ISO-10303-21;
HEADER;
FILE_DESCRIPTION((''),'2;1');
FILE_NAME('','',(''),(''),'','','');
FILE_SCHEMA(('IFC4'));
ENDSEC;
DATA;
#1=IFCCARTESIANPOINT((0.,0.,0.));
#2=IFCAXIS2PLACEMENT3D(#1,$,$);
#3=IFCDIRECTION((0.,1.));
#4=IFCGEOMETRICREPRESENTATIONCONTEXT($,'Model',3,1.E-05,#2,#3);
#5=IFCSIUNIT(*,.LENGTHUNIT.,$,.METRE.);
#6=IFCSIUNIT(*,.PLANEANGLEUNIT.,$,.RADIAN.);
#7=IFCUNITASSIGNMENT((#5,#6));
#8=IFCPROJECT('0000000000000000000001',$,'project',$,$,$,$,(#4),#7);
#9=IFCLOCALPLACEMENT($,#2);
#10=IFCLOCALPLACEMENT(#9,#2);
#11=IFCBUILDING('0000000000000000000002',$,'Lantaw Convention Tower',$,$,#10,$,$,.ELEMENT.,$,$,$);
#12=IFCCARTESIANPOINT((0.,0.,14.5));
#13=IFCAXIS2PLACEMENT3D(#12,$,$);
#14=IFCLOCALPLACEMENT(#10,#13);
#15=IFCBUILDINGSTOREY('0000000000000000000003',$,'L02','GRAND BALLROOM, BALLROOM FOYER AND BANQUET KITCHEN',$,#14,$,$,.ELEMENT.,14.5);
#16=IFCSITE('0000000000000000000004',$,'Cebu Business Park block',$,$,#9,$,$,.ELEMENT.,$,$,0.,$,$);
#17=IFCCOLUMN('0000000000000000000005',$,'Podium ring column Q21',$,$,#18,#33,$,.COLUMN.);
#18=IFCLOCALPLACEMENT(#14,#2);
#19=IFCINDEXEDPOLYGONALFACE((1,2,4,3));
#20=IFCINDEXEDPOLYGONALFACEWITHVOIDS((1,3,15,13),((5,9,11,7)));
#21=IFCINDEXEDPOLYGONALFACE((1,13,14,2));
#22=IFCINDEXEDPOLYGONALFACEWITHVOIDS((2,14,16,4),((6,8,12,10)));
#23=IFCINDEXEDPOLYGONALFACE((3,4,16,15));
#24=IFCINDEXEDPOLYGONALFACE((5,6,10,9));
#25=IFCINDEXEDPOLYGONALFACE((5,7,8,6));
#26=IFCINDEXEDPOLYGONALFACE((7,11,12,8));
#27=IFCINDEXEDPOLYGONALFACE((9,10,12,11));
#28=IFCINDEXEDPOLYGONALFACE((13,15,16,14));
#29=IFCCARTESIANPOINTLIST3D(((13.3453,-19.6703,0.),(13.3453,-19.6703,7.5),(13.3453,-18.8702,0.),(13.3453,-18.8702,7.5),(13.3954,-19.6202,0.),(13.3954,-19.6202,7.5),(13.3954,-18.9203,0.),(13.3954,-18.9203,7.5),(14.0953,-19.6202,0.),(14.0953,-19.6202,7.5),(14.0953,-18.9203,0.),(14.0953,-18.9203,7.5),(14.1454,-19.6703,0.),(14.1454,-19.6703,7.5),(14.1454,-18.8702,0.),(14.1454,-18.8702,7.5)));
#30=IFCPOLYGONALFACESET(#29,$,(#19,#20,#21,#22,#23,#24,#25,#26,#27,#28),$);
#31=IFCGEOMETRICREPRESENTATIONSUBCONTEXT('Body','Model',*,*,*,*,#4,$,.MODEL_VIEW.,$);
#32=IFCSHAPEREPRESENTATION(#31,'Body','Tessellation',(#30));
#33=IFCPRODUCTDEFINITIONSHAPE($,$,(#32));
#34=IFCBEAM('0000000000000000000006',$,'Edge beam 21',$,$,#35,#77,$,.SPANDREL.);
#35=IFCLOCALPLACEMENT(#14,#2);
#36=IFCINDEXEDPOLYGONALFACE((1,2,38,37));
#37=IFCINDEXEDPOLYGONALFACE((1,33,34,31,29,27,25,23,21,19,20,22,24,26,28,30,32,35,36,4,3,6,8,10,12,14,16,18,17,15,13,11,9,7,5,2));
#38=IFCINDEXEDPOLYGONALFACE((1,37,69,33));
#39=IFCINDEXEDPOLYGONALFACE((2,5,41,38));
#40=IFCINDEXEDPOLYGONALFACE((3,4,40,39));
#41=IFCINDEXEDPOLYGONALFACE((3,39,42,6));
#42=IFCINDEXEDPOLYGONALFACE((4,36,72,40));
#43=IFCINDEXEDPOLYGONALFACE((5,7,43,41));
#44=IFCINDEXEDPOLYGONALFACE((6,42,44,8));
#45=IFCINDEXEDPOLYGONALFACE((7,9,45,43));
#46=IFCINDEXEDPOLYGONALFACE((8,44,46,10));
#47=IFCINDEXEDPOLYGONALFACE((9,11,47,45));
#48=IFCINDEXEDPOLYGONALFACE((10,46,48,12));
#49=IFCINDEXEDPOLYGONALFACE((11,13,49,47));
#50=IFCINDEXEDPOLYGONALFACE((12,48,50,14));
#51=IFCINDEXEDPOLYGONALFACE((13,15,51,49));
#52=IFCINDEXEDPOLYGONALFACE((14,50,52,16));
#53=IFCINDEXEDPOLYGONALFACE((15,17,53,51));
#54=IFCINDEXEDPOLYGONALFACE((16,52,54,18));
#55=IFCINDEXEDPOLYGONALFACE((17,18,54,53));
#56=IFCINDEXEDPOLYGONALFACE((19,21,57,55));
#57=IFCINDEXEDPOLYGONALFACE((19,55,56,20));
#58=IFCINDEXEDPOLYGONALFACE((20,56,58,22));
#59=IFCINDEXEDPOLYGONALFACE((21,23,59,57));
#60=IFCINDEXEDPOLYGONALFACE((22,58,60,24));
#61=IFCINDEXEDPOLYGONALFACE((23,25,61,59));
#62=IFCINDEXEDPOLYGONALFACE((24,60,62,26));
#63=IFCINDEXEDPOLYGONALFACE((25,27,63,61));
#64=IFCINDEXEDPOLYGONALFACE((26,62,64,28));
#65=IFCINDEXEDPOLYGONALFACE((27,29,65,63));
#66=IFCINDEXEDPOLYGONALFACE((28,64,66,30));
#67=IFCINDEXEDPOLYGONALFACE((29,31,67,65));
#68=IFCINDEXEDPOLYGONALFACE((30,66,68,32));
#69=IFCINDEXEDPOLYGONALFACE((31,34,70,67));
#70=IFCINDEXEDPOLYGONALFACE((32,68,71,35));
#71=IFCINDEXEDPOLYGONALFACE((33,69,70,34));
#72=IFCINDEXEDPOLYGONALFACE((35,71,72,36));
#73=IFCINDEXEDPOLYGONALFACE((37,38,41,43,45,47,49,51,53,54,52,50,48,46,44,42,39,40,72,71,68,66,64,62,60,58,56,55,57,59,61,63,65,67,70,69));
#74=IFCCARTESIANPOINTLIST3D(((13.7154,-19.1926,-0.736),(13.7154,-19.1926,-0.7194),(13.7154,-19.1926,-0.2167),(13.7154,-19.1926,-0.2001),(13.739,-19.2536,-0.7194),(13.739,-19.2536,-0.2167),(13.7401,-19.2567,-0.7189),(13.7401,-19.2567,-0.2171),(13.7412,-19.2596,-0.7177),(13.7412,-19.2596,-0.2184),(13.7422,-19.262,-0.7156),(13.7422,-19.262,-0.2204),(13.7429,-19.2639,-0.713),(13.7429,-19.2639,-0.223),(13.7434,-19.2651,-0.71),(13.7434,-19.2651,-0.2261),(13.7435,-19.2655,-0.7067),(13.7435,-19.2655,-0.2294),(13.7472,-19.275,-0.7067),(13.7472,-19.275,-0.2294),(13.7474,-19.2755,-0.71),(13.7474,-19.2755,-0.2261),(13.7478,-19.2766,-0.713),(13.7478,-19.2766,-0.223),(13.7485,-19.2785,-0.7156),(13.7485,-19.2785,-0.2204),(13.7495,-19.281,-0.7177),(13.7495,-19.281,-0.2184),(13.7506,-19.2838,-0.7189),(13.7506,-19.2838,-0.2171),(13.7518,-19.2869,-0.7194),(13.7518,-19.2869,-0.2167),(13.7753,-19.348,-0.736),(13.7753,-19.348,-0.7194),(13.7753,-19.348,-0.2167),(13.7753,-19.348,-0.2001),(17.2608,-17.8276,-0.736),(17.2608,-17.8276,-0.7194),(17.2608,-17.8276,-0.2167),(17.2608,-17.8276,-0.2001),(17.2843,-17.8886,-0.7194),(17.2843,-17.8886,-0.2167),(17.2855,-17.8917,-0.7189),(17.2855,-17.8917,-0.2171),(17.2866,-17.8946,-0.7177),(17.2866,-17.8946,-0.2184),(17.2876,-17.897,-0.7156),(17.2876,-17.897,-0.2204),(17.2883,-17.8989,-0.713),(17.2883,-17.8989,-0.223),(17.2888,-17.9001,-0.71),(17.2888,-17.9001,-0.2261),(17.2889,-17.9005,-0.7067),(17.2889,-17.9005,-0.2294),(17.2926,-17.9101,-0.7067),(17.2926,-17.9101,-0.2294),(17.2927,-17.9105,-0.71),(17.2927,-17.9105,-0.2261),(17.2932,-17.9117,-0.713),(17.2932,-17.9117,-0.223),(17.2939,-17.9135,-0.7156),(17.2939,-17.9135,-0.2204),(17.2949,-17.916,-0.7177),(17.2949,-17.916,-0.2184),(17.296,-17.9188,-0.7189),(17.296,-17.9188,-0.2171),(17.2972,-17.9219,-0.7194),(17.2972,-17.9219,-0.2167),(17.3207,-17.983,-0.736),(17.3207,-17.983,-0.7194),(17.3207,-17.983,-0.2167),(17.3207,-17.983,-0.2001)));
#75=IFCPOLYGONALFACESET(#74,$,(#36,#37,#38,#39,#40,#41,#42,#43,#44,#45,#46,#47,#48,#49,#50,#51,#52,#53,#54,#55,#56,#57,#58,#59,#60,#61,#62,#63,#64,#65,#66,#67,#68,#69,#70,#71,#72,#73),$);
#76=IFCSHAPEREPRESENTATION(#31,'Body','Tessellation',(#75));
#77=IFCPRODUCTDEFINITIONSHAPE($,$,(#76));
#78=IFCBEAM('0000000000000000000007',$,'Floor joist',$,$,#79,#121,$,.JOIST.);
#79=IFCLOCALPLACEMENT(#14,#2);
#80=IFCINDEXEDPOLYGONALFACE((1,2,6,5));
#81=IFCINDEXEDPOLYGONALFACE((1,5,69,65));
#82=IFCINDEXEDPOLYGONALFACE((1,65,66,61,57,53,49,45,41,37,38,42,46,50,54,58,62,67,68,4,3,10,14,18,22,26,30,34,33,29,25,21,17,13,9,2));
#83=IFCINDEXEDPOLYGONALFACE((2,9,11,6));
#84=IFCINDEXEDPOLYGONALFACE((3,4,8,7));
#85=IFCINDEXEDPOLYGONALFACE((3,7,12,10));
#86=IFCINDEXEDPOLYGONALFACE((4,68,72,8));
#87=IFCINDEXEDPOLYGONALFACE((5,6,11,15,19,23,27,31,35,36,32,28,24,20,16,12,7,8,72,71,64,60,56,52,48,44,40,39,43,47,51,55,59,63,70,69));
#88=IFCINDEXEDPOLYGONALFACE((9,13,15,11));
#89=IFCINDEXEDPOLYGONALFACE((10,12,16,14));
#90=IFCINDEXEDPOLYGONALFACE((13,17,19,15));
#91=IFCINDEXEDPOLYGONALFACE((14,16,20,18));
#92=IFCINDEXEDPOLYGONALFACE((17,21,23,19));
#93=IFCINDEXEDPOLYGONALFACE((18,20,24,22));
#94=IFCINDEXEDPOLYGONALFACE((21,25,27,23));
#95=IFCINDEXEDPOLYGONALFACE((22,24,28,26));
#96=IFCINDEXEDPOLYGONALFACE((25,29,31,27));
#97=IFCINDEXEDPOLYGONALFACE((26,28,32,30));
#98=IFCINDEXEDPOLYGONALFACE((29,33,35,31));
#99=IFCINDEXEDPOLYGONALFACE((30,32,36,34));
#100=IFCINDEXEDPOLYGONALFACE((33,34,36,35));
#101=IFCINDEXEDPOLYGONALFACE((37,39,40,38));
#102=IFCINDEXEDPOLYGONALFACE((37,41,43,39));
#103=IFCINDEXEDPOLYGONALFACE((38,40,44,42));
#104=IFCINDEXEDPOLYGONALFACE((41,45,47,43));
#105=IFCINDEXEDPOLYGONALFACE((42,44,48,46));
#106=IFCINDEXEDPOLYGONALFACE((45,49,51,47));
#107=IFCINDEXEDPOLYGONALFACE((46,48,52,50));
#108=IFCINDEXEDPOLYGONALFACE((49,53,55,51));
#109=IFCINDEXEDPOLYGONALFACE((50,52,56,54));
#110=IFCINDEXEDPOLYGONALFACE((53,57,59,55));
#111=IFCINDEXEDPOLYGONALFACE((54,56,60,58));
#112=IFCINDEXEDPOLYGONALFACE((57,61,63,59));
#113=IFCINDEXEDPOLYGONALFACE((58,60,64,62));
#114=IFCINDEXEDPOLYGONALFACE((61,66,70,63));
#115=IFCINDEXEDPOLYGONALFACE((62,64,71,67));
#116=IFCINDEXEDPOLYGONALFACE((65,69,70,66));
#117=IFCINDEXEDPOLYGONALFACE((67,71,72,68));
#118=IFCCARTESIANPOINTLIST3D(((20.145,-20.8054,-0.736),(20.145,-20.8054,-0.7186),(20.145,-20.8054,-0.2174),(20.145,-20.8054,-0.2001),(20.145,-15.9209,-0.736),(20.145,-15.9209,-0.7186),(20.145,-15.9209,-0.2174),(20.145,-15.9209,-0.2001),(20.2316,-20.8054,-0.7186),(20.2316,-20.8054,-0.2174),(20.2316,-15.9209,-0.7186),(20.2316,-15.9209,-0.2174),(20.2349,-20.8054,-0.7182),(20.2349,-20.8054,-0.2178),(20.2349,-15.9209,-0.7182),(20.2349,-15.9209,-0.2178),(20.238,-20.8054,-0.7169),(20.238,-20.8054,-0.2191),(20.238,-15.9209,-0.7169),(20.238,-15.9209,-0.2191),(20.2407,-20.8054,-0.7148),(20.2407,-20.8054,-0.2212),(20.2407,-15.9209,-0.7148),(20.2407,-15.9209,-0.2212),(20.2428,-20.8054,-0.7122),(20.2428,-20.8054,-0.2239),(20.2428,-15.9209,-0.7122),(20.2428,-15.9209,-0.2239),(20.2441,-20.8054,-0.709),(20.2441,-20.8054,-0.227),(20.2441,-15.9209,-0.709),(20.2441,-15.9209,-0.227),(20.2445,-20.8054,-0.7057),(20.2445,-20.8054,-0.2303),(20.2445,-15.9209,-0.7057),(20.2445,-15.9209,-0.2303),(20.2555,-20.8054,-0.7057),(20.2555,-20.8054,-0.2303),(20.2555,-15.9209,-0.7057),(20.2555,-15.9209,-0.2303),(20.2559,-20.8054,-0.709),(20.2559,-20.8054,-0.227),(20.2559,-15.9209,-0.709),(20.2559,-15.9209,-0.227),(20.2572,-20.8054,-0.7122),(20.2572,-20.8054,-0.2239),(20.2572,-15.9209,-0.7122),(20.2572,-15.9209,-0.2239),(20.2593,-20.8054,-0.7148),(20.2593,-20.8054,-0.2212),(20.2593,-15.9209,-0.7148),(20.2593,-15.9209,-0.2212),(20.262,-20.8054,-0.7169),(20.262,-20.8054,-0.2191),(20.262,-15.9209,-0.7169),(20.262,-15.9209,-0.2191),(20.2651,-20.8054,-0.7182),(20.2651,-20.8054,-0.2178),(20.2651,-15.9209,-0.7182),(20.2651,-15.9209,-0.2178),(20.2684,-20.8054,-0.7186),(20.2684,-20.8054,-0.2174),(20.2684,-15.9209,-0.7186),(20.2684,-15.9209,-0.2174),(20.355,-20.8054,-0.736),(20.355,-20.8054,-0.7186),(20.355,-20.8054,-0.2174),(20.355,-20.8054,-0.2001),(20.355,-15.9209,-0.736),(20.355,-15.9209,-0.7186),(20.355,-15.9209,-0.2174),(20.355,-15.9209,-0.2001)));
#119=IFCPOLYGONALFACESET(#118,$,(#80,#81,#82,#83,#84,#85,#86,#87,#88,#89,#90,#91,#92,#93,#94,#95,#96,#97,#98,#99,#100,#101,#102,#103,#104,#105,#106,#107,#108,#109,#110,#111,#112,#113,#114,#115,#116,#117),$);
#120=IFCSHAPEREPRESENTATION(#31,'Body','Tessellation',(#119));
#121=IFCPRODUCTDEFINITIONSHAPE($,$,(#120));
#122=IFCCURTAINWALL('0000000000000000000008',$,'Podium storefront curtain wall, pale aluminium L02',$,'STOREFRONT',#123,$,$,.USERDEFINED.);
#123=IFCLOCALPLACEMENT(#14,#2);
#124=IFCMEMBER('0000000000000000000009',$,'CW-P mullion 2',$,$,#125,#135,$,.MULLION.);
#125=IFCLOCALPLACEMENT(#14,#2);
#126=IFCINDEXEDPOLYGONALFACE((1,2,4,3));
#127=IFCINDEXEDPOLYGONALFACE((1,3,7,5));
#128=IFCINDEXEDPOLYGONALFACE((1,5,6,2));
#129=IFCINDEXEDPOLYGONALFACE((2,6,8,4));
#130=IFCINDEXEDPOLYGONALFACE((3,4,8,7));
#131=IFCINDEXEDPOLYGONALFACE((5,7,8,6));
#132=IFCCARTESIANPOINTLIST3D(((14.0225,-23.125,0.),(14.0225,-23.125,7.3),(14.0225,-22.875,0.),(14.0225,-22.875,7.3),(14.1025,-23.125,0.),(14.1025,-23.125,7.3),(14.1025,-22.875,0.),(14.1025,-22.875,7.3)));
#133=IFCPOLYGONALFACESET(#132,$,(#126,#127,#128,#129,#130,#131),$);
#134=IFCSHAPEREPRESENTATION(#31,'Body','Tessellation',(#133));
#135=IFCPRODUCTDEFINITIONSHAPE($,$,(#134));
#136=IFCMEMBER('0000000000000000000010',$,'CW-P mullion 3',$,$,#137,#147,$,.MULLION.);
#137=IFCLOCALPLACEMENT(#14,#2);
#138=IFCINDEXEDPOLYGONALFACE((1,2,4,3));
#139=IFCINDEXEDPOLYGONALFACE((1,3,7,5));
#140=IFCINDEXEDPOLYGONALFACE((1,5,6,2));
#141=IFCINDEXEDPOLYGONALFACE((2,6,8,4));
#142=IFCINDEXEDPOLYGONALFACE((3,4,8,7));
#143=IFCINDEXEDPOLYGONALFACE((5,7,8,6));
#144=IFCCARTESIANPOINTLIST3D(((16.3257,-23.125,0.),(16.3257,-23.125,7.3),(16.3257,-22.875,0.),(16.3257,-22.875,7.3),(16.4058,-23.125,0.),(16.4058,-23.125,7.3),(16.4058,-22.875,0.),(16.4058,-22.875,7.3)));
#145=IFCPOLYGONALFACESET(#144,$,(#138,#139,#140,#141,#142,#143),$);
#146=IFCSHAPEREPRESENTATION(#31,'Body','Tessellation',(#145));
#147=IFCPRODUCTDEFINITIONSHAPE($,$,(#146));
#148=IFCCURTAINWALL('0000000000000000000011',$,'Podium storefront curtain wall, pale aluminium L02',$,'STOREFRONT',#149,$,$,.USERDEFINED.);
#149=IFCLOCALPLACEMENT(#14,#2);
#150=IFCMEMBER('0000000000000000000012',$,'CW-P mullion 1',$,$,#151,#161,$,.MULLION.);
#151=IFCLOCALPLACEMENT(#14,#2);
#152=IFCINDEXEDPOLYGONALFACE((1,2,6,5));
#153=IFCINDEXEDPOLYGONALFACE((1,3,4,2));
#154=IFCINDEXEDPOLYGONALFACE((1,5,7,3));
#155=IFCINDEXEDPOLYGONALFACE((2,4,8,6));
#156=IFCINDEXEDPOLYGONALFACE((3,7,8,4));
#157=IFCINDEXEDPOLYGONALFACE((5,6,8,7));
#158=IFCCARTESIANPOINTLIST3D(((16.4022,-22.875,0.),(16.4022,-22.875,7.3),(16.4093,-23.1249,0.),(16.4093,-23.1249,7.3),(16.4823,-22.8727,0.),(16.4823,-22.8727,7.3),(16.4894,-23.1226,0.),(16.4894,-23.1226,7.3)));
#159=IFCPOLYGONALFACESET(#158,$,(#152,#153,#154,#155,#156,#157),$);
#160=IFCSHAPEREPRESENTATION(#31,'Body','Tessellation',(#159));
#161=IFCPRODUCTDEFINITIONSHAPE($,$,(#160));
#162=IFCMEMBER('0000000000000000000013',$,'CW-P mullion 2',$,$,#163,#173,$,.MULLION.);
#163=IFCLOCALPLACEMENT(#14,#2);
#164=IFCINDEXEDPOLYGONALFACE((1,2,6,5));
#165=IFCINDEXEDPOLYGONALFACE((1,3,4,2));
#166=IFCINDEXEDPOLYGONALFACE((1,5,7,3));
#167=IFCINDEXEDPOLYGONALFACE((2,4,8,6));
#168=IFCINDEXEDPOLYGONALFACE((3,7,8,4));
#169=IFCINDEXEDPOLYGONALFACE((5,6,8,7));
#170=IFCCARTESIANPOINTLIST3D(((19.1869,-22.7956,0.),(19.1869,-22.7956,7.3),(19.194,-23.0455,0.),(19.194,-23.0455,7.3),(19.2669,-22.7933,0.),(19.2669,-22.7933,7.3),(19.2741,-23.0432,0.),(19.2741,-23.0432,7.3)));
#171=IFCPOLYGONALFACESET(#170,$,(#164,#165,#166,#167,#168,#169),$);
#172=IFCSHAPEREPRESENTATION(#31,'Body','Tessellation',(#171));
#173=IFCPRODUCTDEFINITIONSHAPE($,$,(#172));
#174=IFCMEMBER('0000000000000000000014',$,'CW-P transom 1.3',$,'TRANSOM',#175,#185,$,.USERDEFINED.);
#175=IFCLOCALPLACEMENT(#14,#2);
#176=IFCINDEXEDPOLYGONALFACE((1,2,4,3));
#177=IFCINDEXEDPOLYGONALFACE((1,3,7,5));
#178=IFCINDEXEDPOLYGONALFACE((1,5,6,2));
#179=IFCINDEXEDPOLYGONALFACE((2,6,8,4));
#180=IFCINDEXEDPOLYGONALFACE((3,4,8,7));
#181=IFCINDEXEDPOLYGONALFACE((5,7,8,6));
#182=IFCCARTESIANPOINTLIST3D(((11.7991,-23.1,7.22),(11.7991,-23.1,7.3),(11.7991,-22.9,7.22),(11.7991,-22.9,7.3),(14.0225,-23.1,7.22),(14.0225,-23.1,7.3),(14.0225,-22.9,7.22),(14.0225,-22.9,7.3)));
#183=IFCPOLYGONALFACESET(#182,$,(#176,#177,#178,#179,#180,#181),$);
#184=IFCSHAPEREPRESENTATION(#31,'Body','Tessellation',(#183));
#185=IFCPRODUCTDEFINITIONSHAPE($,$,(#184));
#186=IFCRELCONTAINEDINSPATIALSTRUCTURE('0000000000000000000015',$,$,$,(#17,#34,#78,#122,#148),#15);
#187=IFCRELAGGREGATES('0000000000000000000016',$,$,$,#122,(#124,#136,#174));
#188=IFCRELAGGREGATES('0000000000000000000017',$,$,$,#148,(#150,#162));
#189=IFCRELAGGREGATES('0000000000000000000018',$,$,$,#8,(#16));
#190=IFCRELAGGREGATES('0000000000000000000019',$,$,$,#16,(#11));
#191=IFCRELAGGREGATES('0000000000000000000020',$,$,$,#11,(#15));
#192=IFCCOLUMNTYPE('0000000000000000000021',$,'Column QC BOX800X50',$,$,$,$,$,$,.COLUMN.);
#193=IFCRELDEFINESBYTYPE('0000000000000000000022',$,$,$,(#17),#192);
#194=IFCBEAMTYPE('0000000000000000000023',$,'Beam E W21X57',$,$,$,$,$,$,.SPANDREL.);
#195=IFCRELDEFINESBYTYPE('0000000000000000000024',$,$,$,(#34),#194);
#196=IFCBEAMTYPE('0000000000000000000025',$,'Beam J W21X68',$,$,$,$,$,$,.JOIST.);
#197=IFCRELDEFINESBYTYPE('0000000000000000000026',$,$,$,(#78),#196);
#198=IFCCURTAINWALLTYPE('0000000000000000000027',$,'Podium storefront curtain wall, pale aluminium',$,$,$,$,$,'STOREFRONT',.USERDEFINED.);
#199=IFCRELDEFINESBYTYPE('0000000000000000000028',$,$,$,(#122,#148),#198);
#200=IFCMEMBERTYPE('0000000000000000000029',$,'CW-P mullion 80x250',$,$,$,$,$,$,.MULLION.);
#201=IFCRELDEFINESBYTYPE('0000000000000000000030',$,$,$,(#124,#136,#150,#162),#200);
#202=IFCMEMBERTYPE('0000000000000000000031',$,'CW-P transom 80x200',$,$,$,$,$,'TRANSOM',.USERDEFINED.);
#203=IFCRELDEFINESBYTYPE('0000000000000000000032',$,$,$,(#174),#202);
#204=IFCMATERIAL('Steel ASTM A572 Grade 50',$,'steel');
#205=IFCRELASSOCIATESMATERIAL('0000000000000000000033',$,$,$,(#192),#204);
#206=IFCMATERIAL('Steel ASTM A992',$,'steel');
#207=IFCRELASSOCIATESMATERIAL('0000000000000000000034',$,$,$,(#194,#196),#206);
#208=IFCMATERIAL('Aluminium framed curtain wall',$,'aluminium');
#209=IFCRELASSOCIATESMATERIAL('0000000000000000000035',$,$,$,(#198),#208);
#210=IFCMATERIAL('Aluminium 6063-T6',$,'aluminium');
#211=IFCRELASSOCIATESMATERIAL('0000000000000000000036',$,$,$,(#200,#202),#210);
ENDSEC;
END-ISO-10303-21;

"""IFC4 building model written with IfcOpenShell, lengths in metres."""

from ifc_helpers import new_model, si_unit, direction, frame, origin, origin_2d, place, context, subcontext, project, spatial, rectangle, hollow_rectangle, i_section, extrude, material, material_profile, profile_set, type_object, element, aggregate, save


model = new_model("IFC4")

# Units and contexts
model_context = context("Model", 3, precision=1e-05, world=origin(), true_north=direction((0.0, 1.0)))
body_context = subcontext(model_context, "Body", "Model", "MODEL_VIEW")
ifc_project = project(units=[si_unit("LENGTHUNIT", "METRE"), si_unit("PLANEANGLEUNIT", "RADIAN")], contexts=[model_context])

# Site, building, storey
site_placement = place(None, origin())
site = spatial("IfcSite", under=ifc_project, at=site_placement, Name="Cebu Business Park block", CompositionType="ELEMENT", RefElevation=0.0)
building_placement = place(site_placement, origin())
building = spatial("IfcBuilding", under=site, at=building_placement, Name="Lantaw Convention Tower", CompositionType="ELEMENT")
storey_placement = place(building_placement, frame((0.0, 0.0, 14.5)))
storey = spatial("IfcBuildingStorey", under=building, at=storey_placement, Name="L02", Description="GRAND BALLROOM, BALLROOM FOYER AND BANQUET KITCHEN", CompositionType="ELEMENT", Elevation=14.5)

# Column
ifc_material_1 = material(Name="Steel ASTM A572 Grade 50", Category="steel")
ifc_material_profile_1 = material_profile(ifc_material_1, hollow_rectangle(XDim=0.8, YDim=0.8, WallThickness=0.05, at=origin_2d()), Name="BOX800X50")
ifc_profile_set_1 = profile_set([ifc_material_profile_1], Name="Steel ASTM A572 Grade 50")
column_type = type_object("IfcColumnType", Name="Column QC BOX800X50", PredefinedType="COLUMN", material=ifc_profile_set_1)
column_placement = place(storey_placement, frame((13.7454, -19.2703, 0.0), z_axis=(0.0, 0.0, 1.0), x_axis=(1.0, 0.0, 0.0)))
element("IfcColumn", 1, at=column_placement, inside=storey, type_object=column_type, Name="Podium ring column Q21", PredefinedType="COLUMN", context=body_context, shape_type="SweptSolid", body=[
    extrude(hollow_rectangle(XDim=0.8, YDim=0.8, WallThickness=0.05, at=origin_2d()), origin(), (0.0, 0.0, 1.0), 7.5),
])

# Beams
ifc_material_2 = material(Name="Steel ASTM A992", Category="steel")
ifc_material_profile_2 = material_profile(ifc_material_2, i_section(OverallWidth=0.1665, OverallDepth=0.5359, WebThickness=0.0103, FlangeThickness=0.0166, FilletRadius=0.0127, at=origin_2d()), Name="W21X57")
ifc_profile_set_2 = profile_set([ifc_material_profile_2], Name="Steel ASTM A992")
beam_type_1 = type_object("IfcBeamType", Name="Beam E W21X57", PredefinedType="SPANDREL", material=ifc_profile_set_2)
beam_1_placement = place(storey_placement, frame((13.7454, -19.2703, -0.468), z_axis=(0.933225, 0.359293, 0.0), x_axis=(-0.359293, 0.933225, 0.0)))
element("IfcBeam", 2, at=beam_1_placement, inside=storey, type_object=beam_type_1, Name="Edge beam 21", PredefinedType="SPANDREL", context=body_context, shape_type="SweptSolid", body=[
    extrude(i_section(OverallWidth=0.1665, OverallDepth=0.5359, WebThickness=0.0103, FlangeThickness=0.0166, FilletRadius=0.0127, at=origin_2d()), origin(), (0.0, 0.0, 1.0), 3.7991),
])
ifc_material_profile_3 = material_profile(ifc_material_2, i_section(OverallWidth=0.21, OverallDepth=0.5359, WebThickness=0.011, FlangeThickness=0.0173, FilletRadius=0.0129, at=origin_2d()), Name="W21X68")
ifc_profile_set_3 = profile_set([ifc_material_profile_3], Name="Steel ASTM A992")
beam_type_2 = type_object("IfcBeamType", Name="Beam J W21X68", PredefinedType="JOIST", material=ifc_profile_set_3)
beam_2_placement = place(storey_placement, frame((20.25, -20.8054, -0.468), z_axis=(0.0, 1.0, 0.0), x_axis=(-1.0, 0.0, 0.0)))
element("IfcBeam", 3, at=beam_2_placement, inside=storey, type_object=beam_type_2, Name="Floor joist", PredefinedType="JOIST", context=body_context, shape_type="SweptSolid", body=[
    extrude(i_section(OverallWidth=0.21, OverallDepth=0.5359, WebThickness=0.011, FlangeThickness=0.0173, FilletRadius=0.0129, at=origin_2d()), origin(), (0.0, 0.0, 1.0), 4.8845),
])

# Curtain walls, members
ifc_material_3 = material(Name="Aluminium framed curtain wall", Category="aluminium")
curtain_wall_type = type_object("IfcCurtainWallType", Name="Podium storefront curtain wall, pale aluminium", ElementType="STOREFRONT", PredefinedType="USERDEFINED", material=ifc_material_3)
curtain_wall_1_placement = place(storey_placement, origin())
curtain_wall_1 = element("IfcCurtainWall", 4, at=curtain_wall_1_placement, inside=storey, type_object=curtain_wall_type, Name="Podium storefront curtain wall, pale aluminium L02", ObjectType="STOREFRONT", PredefinedType="USERDEFINED")
ifc_material_4 = material(Name="Aluminium 6063-T6", Category="aluminium")
ifc_material_profile_4 = material_profile(ifc_material_4, rectangle(XDim=0.25, YDim=0.0801, at=origin_2d()), Name="CW-P mullion 80x250")
ifc_profile_set_4 = profile_set([ifc_material_profile_4], Name="Aluminium 6063-T6")
member_type_1 = type_object("IfcMemberType", Name="CW-P mullion 80x250", PredefinedType="MULLION", material=ifc_profile_set_4)
member_1_placement = place(storey_placement, frame((14.0625, -23.0, 0.0), z_axis=(0.0, 0.0, 1.0), x_axis=(0.0, 1.0, 0.0)))
member_1 = element("IfcMember", 5, at=member_1_placement, type_object=member_type_1, Name="CW-P mullion 2", PredefinedType="MULLION", context=body_context, shape_type="SweptSolid", body=[
    extrude(rectangle(XDim=0.25, YDim=0.0801, at=origin_2d()), origin(), (0.0, 0.0, 1.0), 7.3),
])
member_2_placement = place(storey_placement, frame((16.3657, -23.0, 0.0), z_axis=(0.0, 0.0, 1.0), x_axis=(0.0, 1.0, 0.0)))
member_2 = element("IfcMember", 6, at=member_2_placement, type_object=member_type_1, Name="CW-P mullion 3", PredefinedType="MULLION", context=body_context, shape_type="SweptSolid", body=[
    extrude(rectangle(XDim=0.25, YDim=0.0801, at=origin_2d()), origin(), (0.0, 0.0, 1.0), 7.3),
])
curtain_wall_2_placement = place(storey_placement, origin())
curtain_wall_2 = element("IfcCurtainWall", 7, at=curtain_wall_2_placement, inside=storey, type_object=curtain_wall_type, Name="Podium storefront curtain wall, pale aluminium L02", ObjectType="STOREFRONT", PredefinedType="USERDEFINED")
member_3_placement = place(storey_placement, frame((16.4458, -22.9988, 0.0), z_axis=(0.0, 0.0, 1.0), x_axis=(-0.028552, 0.999592, 0.0)))
member_3 = element("IfcMember", 8, at=member_3_placement, type_object=member_type_1, Name="CW-P mullion 1", PredefinedType="MULLION", context=body_context, shape_type="SweptSolid", body=[
    extrude(rectangle(XDim=0.25, YDim=0.0801, at=origin_2d()), origin(), (0.0, 0.0, 1.0), 7.3),
])
member_4_placement = place(storey_placement, frame((19.2305, -22.9194, 0.0), z_axis=(0.0, 0.0, 1.0), x_axis=(-0.028552, 0.999592, 0.0)))
member_4 = element("IfcMember", 9, at=member_4_placement, type_object=member_type_1, Name="CW-P mullion 2", PredefinedType="MULLION", context=body_context, shape_type="SweptSolid", body=[
    extrude(rectangle(XDim=0.25, YDim=0.0801, at=origin_2d()), origin(), (0.0, 0.0, 1.0), 7.3),
])

# Member
ifc_material_profile_5 = material_profile(ifc_material_4, rectangle(XDim=0.2, YDim=0.0801, at=origin_2d()), Name="CW-P transom 80x200")
ifc_profile_set_5 = profile_set([ifc_material_profile_5], Name="Aluminium 6063-T6")
member_type_2 = type_object("IfcMemberType", Name="CW-P transom 80x200", ElementType="TRANSOM", PredefinedType="USERDEFINED", material=ifc_profile_set_5)
member_5_placement = place(storey_placement, frame((11.7991, -23.0, 7.26), z_axis=(1.0, 0.0, 0.0), x_axis=(0.0, 1.0, 0.0)))
member_5 = element("IfcMember", 10, at=member_5_placement, type_object=member_type_2, Name="CW-P transom 1.3", ObjectType="TRANSOM", PredefinedType="USERDEFINED", context=body_context, shape_type="SweptSolid", body=[
    extrude(rectangle(XDim=0.2, YDim=0.0801, at=origin_2d()), origin(), (0.0, 0.0, 1.0), 2.2234),
])

aggregate(curtain_wall_1, [member_1, member_2, member_5])
aggregate(curtain_wall_2, [member_3, member_4])

save(model, "model.ifc")
